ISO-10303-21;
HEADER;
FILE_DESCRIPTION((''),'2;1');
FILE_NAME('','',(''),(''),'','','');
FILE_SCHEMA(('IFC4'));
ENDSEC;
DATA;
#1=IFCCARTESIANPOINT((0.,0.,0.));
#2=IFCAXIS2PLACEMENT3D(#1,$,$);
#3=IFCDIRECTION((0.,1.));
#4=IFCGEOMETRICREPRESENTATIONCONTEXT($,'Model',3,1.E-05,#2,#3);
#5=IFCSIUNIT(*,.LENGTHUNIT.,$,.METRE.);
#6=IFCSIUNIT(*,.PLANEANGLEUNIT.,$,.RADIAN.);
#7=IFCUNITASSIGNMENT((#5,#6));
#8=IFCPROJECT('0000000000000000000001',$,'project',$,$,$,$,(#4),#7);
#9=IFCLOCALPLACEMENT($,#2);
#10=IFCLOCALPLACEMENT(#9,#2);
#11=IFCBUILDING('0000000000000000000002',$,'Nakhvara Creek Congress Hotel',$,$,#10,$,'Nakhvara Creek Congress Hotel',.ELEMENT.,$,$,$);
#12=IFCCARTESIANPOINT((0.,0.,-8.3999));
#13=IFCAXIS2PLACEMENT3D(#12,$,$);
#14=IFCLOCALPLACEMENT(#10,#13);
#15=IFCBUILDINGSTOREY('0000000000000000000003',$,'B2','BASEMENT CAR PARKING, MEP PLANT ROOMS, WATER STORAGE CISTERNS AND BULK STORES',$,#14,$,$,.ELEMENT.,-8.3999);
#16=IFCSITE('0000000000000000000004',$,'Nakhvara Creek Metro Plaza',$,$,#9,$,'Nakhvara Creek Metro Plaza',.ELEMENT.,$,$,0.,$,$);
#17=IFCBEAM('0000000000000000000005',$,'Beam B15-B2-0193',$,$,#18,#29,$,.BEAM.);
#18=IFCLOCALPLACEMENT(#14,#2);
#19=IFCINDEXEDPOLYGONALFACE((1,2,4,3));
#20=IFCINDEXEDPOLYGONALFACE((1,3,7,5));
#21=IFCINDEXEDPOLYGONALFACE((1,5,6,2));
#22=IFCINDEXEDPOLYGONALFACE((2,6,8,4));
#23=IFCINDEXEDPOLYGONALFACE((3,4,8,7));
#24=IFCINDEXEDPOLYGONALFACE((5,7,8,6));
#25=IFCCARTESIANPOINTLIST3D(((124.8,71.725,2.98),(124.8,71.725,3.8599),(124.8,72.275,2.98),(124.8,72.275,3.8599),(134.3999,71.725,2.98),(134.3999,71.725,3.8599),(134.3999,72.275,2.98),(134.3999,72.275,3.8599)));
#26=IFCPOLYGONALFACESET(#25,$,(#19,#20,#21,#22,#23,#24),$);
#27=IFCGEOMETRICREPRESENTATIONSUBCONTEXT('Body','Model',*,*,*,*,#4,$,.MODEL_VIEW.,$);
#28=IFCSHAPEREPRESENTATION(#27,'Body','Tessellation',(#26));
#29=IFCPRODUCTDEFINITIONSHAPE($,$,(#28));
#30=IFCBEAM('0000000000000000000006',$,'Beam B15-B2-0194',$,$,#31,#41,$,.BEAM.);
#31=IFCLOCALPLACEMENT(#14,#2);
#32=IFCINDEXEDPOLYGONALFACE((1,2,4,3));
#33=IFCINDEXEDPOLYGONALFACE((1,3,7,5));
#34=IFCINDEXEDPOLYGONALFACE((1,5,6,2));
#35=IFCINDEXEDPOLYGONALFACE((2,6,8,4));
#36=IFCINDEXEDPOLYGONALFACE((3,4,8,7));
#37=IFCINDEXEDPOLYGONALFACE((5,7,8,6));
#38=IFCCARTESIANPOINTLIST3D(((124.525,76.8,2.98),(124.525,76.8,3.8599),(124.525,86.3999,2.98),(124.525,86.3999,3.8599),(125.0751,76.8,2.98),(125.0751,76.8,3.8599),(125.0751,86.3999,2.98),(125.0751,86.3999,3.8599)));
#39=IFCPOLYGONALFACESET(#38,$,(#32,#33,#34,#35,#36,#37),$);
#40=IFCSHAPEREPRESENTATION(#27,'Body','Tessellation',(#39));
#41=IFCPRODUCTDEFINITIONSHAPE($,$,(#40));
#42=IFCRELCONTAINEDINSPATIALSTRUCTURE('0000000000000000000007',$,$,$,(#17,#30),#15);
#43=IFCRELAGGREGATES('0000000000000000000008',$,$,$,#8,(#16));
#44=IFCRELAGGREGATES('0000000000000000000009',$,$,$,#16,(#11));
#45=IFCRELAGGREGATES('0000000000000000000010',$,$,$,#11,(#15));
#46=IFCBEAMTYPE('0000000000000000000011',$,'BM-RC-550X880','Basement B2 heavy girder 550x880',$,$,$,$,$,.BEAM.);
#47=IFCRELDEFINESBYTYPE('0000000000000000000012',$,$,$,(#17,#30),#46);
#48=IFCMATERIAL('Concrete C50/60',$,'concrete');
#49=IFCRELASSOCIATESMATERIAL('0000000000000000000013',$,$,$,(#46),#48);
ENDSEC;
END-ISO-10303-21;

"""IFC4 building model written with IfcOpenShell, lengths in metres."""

from ifc_helpers import new_model, si_unit, direction, frame, origin, origin_2d, place, context, subcontext, project, spatial, rectangle, extrude, material, material_profile, profile_set, type_object, element, save


model = new_model("IFC4")

# Units and contexts
model_context = context("Model", 3, precision=1e-05, world=origin(), true_north=direction((0.0, 1.0)))
body_context = subcontext(model_context, "Body", "Model", "MODEL_VIEW")
ifc_project = project(units=[si_unit("LENGTHUNIT", "METRE"), si_unit("PLANEANGLEUNIT", "RADIAN")], contexts=[model_context])

# Site, building, storey
site_placement = place(None, origin())
site = spatial("IfcSite", under=ifc_project, at=site_placement, Name="Nakhvara Creek Metro Plaza", LongName="Nakhvara Creek Metro Plaza", CompositionType="ELEMENT", RefElevation=0.0)
building_placement = place(site_placement, origin())
building = spatial("IfcBuilding", under=site, at=building_placement, Name="Nakhvara Creek Congress Hotel", LongName="Nakhvara Creek Congress Hotel", CompositionType="ELEMENT")
storey_placement = place(building_placement, frame((0.0, 0.0, -8.3999)))
storey = spatial("IfcBuildingStorey", under=building, at=storey_placement, Name="B2", Description="BASEMENT CAR PARKING, MEP PLANT ROOMS, WATER STORAGE CISTERNS AND BULK STORES", CompositionType="ELEMENT", Elevation=-8.3999)

# Shared definitions
ifc_material_1 = material(Name="Concrete C50/60", Category="concrete")

# Beams
ifc_material_profile_1 = material_profile(ifc_material_1, rectangle(XDim=0.55, YDim=0.8799, at=origin_2d()), Name="RC-BM 550x880", Category="LoadBearing")
ifc_profile_set_1 = profile_set([ifc_material_profile_1], Name="Concrete C50/60")
beam_type = type_object("IfcBeamType", Name="BM-RC-550X880", Description="Basement B2 heavy girder 550x880", PredefinedType="BEAM", material=ifc_profile_set_1)
for number, where, z_axis, x_axis, name in (
    (1, (124.8, 72.0, 3.4199), (1.0, 0.0, 0.0), (0.0, 1.0, 0.0), "Beam B15-B2-0193"),
    (2, (124.8, 76.8, 3.4199), (0.0, 1.0, 0.0), (-1.0, 0.0, 0.0), "Beam B15-B2-0194"),
):
    element("IfcBeam", number, at=place(storey_placement, frame(where, z_axis=z_axis, x_axis=x_axis)), inside=storey, type_object=beam_type, Name=name, PredefinedType="BEAM", context=body_context, shape_type="SweptSolid", body=[
        extrude(rectangle(XDim=0.55, YDim=0.8799, at=origin_2d()), origin(), (0.0, 0.0, 1.0), 9.5999),
    ])

save(model, "model.ifc")
